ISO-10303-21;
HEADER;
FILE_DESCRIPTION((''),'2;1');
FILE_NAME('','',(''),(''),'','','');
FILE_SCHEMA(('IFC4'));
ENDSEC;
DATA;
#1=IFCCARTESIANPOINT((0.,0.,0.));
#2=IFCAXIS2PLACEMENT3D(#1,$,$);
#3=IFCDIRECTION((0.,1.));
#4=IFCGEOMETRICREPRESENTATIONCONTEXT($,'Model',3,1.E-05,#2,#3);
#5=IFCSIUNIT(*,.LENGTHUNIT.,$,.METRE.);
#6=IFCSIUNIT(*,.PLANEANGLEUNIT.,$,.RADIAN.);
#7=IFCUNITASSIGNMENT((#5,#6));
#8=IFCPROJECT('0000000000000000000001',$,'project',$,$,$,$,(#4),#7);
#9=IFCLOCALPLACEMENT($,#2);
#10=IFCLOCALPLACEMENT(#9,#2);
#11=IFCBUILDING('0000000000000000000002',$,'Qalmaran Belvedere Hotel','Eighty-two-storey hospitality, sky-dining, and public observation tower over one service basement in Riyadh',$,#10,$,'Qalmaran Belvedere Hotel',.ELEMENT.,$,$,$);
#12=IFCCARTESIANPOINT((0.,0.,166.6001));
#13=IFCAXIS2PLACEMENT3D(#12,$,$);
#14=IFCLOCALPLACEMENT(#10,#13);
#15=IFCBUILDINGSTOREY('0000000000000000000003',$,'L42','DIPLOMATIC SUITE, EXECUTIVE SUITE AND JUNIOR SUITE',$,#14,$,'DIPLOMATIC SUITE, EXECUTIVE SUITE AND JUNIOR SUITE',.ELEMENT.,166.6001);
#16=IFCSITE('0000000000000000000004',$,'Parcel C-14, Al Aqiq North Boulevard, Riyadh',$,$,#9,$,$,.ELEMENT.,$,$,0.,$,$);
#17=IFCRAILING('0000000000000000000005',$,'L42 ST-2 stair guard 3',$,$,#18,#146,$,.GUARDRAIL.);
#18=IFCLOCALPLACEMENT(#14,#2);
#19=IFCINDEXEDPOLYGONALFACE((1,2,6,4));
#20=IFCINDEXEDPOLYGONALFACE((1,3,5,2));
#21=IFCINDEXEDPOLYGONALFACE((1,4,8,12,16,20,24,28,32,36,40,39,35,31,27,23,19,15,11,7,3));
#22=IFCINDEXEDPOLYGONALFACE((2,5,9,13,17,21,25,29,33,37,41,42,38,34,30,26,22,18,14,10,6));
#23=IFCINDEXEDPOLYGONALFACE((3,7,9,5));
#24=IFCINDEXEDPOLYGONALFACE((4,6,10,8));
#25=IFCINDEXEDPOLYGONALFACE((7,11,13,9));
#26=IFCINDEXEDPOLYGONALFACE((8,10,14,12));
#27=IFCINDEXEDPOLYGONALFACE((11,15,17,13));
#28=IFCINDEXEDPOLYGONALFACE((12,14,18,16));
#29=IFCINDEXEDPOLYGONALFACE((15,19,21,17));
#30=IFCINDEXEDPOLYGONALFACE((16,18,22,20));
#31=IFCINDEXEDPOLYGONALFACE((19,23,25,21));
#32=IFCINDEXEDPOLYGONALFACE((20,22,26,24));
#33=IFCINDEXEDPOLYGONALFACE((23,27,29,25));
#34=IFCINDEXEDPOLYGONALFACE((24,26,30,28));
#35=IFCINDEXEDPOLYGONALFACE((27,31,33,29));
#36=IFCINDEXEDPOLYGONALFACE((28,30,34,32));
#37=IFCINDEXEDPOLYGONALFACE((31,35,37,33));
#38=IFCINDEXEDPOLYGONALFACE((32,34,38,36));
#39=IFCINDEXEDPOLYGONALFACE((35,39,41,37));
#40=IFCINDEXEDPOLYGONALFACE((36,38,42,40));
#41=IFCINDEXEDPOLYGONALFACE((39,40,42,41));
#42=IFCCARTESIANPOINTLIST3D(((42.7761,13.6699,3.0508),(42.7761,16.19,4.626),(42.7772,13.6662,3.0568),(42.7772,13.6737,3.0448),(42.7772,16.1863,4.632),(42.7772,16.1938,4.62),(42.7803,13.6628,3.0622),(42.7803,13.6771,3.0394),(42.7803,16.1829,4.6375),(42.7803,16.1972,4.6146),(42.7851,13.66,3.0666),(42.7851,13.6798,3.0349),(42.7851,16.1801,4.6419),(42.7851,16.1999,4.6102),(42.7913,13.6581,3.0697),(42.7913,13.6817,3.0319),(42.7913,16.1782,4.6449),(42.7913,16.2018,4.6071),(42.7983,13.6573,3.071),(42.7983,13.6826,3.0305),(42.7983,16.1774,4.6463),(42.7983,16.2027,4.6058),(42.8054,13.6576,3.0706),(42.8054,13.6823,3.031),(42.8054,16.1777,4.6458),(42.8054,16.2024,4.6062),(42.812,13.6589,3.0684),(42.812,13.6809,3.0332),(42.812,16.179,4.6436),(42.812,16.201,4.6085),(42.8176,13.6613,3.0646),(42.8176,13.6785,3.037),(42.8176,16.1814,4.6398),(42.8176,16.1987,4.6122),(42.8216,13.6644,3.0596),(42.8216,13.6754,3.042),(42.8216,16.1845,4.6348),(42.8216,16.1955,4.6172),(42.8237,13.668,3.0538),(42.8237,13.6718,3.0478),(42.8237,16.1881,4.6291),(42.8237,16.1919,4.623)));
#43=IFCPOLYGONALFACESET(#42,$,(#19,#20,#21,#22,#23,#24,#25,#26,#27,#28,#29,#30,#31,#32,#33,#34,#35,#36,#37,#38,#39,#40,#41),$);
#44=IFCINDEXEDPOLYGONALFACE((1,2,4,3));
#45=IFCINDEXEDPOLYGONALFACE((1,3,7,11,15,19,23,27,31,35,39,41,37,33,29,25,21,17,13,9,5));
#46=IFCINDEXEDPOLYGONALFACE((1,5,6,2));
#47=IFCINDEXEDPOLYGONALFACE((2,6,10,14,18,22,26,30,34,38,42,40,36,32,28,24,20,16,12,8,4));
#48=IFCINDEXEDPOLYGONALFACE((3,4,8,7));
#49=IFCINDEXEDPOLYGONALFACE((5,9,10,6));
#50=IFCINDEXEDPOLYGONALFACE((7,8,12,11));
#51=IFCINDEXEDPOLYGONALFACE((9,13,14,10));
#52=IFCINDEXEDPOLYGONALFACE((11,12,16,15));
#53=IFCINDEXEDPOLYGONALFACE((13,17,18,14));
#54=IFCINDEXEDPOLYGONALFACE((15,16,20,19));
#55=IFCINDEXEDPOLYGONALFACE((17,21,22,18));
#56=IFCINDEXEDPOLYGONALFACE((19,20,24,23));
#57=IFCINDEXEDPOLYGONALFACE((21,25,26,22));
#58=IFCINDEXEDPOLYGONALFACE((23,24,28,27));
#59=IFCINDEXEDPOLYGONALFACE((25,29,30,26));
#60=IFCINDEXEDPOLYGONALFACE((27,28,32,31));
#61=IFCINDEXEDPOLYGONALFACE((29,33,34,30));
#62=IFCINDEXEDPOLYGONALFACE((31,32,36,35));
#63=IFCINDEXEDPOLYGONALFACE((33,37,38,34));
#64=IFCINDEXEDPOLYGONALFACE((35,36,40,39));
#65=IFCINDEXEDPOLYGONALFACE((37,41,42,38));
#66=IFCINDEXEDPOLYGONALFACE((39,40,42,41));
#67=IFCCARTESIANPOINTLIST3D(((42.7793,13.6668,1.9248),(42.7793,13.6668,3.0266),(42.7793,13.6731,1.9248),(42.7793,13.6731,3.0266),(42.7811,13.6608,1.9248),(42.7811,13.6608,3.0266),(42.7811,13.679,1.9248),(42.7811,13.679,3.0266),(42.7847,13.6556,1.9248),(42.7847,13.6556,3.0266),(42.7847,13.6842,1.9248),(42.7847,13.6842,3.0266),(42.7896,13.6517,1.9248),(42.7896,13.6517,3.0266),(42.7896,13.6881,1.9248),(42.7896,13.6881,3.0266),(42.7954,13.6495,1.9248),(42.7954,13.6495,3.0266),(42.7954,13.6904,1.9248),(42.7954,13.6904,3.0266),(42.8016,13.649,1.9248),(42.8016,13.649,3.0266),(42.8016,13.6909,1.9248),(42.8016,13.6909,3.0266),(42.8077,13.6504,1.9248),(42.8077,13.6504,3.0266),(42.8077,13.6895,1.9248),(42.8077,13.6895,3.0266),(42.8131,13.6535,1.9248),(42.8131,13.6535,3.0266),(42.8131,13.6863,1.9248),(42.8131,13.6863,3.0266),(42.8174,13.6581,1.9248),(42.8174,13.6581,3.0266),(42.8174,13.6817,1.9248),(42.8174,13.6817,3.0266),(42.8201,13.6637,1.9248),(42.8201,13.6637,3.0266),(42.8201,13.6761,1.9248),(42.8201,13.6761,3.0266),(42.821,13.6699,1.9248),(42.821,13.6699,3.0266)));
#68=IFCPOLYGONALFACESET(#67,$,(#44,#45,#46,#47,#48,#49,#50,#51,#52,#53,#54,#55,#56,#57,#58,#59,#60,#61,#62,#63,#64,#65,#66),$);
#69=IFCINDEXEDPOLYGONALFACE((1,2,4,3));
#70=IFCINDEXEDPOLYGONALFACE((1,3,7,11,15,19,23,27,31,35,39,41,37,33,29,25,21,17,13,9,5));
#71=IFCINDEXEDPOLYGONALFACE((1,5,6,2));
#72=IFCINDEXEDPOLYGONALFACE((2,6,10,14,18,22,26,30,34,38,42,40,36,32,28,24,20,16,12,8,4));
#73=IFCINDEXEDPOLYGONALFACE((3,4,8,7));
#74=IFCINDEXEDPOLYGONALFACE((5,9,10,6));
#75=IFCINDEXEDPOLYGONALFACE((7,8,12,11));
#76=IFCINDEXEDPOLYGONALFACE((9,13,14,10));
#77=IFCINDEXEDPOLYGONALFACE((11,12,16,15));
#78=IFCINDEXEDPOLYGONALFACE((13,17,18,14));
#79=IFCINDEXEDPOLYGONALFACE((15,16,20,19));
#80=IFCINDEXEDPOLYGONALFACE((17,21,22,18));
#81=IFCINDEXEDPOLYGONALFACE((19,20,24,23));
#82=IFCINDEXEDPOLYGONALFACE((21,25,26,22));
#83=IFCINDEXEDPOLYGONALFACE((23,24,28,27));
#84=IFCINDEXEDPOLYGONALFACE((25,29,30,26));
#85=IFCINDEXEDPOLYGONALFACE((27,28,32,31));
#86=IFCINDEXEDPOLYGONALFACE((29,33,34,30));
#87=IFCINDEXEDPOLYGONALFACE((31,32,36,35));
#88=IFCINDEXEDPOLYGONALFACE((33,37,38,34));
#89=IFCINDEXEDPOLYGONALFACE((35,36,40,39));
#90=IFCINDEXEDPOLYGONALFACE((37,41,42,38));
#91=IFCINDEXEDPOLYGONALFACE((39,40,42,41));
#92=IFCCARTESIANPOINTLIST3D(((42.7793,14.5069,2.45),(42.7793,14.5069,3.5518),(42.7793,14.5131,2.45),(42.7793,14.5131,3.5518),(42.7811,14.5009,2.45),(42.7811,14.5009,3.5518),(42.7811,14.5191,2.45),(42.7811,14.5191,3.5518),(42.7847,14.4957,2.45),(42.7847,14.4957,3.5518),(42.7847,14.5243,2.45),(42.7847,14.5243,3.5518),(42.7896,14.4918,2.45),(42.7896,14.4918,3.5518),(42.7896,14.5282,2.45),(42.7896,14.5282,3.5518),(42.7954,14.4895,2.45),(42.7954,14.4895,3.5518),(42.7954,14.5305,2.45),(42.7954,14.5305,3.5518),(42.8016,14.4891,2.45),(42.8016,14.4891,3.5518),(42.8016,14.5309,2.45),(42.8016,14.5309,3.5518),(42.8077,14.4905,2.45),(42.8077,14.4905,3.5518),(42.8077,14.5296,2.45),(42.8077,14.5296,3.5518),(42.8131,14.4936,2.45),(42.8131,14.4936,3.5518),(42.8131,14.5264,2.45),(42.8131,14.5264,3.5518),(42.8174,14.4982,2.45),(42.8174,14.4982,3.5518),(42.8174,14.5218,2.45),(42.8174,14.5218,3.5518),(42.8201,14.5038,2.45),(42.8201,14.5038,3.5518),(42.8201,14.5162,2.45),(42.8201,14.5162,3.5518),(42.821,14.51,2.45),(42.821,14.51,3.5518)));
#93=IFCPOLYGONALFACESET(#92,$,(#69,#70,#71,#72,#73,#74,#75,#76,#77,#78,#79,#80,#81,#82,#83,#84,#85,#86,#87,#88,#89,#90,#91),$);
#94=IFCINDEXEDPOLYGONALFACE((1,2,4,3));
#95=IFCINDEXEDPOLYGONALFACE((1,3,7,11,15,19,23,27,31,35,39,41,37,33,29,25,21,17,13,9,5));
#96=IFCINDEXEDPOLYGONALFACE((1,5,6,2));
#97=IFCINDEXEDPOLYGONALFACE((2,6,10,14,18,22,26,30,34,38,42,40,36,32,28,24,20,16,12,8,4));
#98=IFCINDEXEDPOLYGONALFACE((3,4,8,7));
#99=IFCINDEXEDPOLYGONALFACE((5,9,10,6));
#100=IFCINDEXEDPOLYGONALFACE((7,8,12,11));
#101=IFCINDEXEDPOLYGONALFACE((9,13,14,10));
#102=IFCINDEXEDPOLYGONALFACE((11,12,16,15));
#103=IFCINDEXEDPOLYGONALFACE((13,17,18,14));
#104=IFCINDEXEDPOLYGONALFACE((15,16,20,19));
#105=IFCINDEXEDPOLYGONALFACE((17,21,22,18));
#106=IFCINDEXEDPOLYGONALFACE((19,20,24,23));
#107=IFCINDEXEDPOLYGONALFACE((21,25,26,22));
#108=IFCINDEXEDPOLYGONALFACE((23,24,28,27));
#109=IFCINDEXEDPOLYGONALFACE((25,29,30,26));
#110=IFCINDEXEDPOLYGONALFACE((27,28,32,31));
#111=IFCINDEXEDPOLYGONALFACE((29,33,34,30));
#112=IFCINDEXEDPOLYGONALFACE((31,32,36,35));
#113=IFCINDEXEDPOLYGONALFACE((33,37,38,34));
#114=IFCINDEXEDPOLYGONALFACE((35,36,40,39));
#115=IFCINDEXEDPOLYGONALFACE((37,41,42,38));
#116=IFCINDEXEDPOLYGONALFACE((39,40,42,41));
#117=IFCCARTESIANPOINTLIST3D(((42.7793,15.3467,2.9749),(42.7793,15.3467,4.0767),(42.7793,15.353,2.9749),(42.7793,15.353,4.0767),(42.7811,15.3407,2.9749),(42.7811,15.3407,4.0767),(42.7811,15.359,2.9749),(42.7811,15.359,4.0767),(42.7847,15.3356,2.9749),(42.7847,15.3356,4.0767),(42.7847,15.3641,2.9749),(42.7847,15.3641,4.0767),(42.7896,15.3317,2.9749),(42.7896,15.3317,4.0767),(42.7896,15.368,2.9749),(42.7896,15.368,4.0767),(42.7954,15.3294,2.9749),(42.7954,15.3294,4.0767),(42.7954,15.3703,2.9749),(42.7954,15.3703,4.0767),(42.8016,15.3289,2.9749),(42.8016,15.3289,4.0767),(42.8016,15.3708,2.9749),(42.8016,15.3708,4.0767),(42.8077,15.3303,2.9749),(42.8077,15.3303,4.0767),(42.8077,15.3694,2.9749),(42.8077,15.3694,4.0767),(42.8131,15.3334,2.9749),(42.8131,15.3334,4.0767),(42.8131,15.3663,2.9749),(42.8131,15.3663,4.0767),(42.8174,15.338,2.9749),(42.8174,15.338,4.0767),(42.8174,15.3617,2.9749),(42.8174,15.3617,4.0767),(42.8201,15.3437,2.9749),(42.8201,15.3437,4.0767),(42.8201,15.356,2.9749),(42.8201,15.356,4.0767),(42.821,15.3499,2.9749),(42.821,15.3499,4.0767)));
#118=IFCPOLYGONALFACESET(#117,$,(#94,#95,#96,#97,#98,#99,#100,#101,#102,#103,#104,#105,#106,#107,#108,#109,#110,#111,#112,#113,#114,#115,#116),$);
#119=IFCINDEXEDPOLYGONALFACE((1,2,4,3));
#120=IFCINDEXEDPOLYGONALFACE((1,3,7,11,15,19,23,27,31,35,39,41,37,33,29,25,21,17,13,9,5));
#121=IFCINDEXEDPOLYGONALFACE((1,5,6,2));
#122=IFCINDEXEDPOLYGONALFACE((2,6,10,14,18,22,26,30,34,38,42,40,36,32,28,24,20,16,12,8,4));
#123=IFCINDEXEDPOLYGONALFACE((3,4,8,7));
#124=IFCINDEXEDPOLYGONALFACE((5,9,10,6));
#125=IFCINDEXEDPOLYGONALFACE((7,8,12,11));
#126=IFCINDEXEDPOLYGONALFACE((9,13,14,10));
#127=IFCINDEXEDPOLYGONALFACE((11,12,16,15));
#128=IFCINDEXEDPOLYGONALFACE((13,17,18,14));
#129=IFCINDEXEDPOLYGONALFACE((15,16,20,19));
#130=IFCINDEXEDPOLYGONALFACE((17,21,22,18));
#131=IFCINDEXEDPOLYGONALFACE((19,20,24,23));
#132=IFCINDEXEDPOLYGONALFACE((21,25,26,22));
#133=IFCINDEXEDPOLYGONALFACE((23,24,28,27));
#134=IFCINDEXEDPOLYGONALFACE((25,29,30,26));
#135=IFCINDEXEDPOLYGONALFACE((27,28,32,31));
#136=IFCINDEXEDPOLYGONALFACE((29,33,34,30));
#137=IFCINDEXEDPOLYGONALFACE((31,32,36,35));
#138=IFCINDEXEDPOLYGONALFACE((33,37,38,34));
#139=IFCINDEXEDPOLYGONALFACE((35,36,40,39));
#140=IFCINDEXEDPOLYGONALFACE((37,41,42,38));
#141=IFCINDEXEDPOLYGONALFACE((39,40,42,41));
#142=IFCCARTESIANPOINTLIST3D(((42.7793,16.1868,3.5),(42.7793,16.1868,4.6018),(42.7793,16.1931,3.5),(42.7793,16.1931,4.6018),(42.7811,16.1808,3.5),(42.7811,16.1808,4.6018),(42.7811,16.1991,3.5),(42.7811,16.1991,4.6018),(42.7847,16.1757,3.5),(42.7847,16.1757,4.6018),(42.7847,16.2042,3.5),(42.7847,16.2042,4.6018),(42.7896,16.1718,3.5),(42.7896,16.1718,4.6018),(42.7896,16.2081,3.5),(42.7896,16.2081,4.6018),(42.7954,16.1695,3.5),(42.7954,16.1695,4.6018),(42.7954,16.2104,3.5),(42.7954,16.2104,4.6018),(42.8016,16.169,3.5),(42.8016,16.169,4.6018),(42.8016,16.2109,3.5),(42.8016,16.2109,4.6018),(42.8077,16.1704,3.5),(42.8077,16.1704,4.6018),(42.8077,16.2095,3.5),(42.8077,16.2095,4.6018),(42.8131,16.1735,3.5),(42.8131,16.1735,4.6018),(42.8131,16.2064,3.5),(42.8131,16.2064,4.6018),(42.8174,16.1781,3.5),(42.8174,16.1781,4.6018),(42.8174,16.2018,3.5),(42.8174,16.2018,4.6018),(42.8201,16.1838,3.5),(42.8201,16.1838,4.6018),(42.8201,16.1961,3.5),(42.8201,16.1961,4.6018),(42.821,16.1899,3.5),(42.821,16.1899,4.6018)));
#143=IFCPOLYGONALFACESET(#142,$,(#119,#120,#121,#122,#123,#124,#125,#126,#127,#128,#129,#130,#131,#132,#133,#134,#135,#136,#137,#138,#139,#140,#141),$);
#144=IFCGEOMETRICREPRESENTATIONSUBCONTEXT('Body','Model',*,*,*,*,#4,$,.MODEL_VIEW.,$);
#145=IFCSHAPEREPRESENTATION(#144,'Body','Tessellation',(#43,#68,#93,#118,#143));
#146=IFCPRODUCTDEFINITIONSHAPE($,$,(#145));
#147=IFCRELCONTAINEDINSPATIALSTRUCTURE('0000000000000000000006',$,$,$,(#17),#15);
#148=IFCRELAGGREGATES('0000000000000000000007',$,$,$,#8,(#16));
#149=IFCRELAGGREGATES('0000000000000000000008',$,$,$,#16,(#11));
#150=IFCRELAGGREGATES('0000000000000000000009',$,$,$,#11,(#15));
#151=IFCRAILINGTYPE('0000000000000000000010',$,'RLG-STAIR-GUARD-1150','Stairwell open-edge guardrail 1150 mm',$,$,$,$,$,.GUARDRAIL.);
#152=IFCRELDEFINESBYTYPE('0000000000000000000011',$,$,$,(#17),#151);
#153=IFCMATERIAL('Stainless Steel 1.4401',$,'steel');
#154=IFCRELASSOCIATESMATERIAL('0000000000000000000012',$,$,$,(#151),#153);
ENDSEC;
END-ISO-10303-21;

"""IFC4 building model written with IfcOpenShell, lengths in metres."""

from ifc_helpers import new_model, si_unit, direction, frame, origin, origin_2d, place, context, subcontext, project, spatial, circle, extrude, material, type_object, element, save


model = new_model("IFC4")

# Units and contexts
model_context = context("Model", 3, precision=1e-05, world=origin(), true_north=direction((0.0, 1.0)))
body_context = subcontext(model_context, "Body", "Model", "MODEL_VIEW")
ifc_project = project(units=[si_unit("LENGTHUNIT", "METRE"), si_unit("PLANEANGLEUNIT", "RADIAN")], contexts=[model_context])

# Site, building, storey
site_placement = place(None, origin())
site = spatial("IfcSite", under=ifc_project, at=site_placement, Name="Parcel C-14, Al Aqiq North Boulevard, Riyadh", CompositionType="ELEMENT", RefElevation=0.0)
building_placement = place(site_placement, origin())
building = spatial("IfcBuilding", under=site, at=building_placement, Name="Qalmaran Belvedere Hotel", Description="Eighty-two-storey hospitality, sky-dining, and public observation tower over one service basement in Riyadh", LongName="Qalmaran Belvedere Hotel", CompositionType="ELEMENT")
storey_placement = place(building_placement, frame((0.0, 0.0, 166.6001)))
storey = spatial("IfcBuildingStorey", under=building, at=storey_placement, Name="L42", Description="DIPLOMATIC SUITE, EXECUTIVE SUITE AND JUNIOR SUITE", LongName="DIPLOMATIC SUITE, EXECUTIVE SUITE AND JUNIOR SUITE", CompositionType="ELEMENT", Elevation=166.6001)

# Railing
ifc_material_1 = material(Name="Stainless Steel 1.4401", Category="steel")
railing_type_1 = type_object("IfcRailingType", Name="RLG-STAIR-GUARD-1150", Description="Stairwell open-edge guardrail 1150 mm", PredefinedType="GUARDRAIL", material=ifc_material_1)
railing_1_placement = place(storey_placement, frame((42.8, 13.6699, 1.9248)))
element("IfcRailing", 1, at=railing_1_placement, inside=storey, type_object=railing_type_1, Name="L42 ST-2 stair guard 3", PredefinedType="GUARDRAIL", context=body_context, shape_type="SweptSolid", body=[
    extrude(circle(Radius=0.0239, at=origin_2d()), frame((0.0, 0.0, 1.126), z_axis=(0.0, 0.847971, 0.530043), x_axis=(-1.0, 0.0, 0.0)), (0.0, 0.0, 1.0), 2.9719),
    extrude(circle(Radius=0.021, at=origin_2d()), origin(), (0.0, 0.0, 1.0), 1.1018),
    extrude(circle(Radius=0.021, at=origin_2d()), frame((0.0, 0.8401, 0.5251)), (0.0, 0.0, 1.0), 1.1018),
    extrude(circle(Radius=0.021, at=origin_2d()), frame((0.0, 1.6799, 1.05)), (0.0, 0.0, 1.0), 1.1018),
    extrude(circle(Radius=0.021, at=origin_2d()), frame((0.0, 2.52, 1.5752)), (0.0, 0.0, 1.0), 1.1018),
])

save(model, "model.ifc")
